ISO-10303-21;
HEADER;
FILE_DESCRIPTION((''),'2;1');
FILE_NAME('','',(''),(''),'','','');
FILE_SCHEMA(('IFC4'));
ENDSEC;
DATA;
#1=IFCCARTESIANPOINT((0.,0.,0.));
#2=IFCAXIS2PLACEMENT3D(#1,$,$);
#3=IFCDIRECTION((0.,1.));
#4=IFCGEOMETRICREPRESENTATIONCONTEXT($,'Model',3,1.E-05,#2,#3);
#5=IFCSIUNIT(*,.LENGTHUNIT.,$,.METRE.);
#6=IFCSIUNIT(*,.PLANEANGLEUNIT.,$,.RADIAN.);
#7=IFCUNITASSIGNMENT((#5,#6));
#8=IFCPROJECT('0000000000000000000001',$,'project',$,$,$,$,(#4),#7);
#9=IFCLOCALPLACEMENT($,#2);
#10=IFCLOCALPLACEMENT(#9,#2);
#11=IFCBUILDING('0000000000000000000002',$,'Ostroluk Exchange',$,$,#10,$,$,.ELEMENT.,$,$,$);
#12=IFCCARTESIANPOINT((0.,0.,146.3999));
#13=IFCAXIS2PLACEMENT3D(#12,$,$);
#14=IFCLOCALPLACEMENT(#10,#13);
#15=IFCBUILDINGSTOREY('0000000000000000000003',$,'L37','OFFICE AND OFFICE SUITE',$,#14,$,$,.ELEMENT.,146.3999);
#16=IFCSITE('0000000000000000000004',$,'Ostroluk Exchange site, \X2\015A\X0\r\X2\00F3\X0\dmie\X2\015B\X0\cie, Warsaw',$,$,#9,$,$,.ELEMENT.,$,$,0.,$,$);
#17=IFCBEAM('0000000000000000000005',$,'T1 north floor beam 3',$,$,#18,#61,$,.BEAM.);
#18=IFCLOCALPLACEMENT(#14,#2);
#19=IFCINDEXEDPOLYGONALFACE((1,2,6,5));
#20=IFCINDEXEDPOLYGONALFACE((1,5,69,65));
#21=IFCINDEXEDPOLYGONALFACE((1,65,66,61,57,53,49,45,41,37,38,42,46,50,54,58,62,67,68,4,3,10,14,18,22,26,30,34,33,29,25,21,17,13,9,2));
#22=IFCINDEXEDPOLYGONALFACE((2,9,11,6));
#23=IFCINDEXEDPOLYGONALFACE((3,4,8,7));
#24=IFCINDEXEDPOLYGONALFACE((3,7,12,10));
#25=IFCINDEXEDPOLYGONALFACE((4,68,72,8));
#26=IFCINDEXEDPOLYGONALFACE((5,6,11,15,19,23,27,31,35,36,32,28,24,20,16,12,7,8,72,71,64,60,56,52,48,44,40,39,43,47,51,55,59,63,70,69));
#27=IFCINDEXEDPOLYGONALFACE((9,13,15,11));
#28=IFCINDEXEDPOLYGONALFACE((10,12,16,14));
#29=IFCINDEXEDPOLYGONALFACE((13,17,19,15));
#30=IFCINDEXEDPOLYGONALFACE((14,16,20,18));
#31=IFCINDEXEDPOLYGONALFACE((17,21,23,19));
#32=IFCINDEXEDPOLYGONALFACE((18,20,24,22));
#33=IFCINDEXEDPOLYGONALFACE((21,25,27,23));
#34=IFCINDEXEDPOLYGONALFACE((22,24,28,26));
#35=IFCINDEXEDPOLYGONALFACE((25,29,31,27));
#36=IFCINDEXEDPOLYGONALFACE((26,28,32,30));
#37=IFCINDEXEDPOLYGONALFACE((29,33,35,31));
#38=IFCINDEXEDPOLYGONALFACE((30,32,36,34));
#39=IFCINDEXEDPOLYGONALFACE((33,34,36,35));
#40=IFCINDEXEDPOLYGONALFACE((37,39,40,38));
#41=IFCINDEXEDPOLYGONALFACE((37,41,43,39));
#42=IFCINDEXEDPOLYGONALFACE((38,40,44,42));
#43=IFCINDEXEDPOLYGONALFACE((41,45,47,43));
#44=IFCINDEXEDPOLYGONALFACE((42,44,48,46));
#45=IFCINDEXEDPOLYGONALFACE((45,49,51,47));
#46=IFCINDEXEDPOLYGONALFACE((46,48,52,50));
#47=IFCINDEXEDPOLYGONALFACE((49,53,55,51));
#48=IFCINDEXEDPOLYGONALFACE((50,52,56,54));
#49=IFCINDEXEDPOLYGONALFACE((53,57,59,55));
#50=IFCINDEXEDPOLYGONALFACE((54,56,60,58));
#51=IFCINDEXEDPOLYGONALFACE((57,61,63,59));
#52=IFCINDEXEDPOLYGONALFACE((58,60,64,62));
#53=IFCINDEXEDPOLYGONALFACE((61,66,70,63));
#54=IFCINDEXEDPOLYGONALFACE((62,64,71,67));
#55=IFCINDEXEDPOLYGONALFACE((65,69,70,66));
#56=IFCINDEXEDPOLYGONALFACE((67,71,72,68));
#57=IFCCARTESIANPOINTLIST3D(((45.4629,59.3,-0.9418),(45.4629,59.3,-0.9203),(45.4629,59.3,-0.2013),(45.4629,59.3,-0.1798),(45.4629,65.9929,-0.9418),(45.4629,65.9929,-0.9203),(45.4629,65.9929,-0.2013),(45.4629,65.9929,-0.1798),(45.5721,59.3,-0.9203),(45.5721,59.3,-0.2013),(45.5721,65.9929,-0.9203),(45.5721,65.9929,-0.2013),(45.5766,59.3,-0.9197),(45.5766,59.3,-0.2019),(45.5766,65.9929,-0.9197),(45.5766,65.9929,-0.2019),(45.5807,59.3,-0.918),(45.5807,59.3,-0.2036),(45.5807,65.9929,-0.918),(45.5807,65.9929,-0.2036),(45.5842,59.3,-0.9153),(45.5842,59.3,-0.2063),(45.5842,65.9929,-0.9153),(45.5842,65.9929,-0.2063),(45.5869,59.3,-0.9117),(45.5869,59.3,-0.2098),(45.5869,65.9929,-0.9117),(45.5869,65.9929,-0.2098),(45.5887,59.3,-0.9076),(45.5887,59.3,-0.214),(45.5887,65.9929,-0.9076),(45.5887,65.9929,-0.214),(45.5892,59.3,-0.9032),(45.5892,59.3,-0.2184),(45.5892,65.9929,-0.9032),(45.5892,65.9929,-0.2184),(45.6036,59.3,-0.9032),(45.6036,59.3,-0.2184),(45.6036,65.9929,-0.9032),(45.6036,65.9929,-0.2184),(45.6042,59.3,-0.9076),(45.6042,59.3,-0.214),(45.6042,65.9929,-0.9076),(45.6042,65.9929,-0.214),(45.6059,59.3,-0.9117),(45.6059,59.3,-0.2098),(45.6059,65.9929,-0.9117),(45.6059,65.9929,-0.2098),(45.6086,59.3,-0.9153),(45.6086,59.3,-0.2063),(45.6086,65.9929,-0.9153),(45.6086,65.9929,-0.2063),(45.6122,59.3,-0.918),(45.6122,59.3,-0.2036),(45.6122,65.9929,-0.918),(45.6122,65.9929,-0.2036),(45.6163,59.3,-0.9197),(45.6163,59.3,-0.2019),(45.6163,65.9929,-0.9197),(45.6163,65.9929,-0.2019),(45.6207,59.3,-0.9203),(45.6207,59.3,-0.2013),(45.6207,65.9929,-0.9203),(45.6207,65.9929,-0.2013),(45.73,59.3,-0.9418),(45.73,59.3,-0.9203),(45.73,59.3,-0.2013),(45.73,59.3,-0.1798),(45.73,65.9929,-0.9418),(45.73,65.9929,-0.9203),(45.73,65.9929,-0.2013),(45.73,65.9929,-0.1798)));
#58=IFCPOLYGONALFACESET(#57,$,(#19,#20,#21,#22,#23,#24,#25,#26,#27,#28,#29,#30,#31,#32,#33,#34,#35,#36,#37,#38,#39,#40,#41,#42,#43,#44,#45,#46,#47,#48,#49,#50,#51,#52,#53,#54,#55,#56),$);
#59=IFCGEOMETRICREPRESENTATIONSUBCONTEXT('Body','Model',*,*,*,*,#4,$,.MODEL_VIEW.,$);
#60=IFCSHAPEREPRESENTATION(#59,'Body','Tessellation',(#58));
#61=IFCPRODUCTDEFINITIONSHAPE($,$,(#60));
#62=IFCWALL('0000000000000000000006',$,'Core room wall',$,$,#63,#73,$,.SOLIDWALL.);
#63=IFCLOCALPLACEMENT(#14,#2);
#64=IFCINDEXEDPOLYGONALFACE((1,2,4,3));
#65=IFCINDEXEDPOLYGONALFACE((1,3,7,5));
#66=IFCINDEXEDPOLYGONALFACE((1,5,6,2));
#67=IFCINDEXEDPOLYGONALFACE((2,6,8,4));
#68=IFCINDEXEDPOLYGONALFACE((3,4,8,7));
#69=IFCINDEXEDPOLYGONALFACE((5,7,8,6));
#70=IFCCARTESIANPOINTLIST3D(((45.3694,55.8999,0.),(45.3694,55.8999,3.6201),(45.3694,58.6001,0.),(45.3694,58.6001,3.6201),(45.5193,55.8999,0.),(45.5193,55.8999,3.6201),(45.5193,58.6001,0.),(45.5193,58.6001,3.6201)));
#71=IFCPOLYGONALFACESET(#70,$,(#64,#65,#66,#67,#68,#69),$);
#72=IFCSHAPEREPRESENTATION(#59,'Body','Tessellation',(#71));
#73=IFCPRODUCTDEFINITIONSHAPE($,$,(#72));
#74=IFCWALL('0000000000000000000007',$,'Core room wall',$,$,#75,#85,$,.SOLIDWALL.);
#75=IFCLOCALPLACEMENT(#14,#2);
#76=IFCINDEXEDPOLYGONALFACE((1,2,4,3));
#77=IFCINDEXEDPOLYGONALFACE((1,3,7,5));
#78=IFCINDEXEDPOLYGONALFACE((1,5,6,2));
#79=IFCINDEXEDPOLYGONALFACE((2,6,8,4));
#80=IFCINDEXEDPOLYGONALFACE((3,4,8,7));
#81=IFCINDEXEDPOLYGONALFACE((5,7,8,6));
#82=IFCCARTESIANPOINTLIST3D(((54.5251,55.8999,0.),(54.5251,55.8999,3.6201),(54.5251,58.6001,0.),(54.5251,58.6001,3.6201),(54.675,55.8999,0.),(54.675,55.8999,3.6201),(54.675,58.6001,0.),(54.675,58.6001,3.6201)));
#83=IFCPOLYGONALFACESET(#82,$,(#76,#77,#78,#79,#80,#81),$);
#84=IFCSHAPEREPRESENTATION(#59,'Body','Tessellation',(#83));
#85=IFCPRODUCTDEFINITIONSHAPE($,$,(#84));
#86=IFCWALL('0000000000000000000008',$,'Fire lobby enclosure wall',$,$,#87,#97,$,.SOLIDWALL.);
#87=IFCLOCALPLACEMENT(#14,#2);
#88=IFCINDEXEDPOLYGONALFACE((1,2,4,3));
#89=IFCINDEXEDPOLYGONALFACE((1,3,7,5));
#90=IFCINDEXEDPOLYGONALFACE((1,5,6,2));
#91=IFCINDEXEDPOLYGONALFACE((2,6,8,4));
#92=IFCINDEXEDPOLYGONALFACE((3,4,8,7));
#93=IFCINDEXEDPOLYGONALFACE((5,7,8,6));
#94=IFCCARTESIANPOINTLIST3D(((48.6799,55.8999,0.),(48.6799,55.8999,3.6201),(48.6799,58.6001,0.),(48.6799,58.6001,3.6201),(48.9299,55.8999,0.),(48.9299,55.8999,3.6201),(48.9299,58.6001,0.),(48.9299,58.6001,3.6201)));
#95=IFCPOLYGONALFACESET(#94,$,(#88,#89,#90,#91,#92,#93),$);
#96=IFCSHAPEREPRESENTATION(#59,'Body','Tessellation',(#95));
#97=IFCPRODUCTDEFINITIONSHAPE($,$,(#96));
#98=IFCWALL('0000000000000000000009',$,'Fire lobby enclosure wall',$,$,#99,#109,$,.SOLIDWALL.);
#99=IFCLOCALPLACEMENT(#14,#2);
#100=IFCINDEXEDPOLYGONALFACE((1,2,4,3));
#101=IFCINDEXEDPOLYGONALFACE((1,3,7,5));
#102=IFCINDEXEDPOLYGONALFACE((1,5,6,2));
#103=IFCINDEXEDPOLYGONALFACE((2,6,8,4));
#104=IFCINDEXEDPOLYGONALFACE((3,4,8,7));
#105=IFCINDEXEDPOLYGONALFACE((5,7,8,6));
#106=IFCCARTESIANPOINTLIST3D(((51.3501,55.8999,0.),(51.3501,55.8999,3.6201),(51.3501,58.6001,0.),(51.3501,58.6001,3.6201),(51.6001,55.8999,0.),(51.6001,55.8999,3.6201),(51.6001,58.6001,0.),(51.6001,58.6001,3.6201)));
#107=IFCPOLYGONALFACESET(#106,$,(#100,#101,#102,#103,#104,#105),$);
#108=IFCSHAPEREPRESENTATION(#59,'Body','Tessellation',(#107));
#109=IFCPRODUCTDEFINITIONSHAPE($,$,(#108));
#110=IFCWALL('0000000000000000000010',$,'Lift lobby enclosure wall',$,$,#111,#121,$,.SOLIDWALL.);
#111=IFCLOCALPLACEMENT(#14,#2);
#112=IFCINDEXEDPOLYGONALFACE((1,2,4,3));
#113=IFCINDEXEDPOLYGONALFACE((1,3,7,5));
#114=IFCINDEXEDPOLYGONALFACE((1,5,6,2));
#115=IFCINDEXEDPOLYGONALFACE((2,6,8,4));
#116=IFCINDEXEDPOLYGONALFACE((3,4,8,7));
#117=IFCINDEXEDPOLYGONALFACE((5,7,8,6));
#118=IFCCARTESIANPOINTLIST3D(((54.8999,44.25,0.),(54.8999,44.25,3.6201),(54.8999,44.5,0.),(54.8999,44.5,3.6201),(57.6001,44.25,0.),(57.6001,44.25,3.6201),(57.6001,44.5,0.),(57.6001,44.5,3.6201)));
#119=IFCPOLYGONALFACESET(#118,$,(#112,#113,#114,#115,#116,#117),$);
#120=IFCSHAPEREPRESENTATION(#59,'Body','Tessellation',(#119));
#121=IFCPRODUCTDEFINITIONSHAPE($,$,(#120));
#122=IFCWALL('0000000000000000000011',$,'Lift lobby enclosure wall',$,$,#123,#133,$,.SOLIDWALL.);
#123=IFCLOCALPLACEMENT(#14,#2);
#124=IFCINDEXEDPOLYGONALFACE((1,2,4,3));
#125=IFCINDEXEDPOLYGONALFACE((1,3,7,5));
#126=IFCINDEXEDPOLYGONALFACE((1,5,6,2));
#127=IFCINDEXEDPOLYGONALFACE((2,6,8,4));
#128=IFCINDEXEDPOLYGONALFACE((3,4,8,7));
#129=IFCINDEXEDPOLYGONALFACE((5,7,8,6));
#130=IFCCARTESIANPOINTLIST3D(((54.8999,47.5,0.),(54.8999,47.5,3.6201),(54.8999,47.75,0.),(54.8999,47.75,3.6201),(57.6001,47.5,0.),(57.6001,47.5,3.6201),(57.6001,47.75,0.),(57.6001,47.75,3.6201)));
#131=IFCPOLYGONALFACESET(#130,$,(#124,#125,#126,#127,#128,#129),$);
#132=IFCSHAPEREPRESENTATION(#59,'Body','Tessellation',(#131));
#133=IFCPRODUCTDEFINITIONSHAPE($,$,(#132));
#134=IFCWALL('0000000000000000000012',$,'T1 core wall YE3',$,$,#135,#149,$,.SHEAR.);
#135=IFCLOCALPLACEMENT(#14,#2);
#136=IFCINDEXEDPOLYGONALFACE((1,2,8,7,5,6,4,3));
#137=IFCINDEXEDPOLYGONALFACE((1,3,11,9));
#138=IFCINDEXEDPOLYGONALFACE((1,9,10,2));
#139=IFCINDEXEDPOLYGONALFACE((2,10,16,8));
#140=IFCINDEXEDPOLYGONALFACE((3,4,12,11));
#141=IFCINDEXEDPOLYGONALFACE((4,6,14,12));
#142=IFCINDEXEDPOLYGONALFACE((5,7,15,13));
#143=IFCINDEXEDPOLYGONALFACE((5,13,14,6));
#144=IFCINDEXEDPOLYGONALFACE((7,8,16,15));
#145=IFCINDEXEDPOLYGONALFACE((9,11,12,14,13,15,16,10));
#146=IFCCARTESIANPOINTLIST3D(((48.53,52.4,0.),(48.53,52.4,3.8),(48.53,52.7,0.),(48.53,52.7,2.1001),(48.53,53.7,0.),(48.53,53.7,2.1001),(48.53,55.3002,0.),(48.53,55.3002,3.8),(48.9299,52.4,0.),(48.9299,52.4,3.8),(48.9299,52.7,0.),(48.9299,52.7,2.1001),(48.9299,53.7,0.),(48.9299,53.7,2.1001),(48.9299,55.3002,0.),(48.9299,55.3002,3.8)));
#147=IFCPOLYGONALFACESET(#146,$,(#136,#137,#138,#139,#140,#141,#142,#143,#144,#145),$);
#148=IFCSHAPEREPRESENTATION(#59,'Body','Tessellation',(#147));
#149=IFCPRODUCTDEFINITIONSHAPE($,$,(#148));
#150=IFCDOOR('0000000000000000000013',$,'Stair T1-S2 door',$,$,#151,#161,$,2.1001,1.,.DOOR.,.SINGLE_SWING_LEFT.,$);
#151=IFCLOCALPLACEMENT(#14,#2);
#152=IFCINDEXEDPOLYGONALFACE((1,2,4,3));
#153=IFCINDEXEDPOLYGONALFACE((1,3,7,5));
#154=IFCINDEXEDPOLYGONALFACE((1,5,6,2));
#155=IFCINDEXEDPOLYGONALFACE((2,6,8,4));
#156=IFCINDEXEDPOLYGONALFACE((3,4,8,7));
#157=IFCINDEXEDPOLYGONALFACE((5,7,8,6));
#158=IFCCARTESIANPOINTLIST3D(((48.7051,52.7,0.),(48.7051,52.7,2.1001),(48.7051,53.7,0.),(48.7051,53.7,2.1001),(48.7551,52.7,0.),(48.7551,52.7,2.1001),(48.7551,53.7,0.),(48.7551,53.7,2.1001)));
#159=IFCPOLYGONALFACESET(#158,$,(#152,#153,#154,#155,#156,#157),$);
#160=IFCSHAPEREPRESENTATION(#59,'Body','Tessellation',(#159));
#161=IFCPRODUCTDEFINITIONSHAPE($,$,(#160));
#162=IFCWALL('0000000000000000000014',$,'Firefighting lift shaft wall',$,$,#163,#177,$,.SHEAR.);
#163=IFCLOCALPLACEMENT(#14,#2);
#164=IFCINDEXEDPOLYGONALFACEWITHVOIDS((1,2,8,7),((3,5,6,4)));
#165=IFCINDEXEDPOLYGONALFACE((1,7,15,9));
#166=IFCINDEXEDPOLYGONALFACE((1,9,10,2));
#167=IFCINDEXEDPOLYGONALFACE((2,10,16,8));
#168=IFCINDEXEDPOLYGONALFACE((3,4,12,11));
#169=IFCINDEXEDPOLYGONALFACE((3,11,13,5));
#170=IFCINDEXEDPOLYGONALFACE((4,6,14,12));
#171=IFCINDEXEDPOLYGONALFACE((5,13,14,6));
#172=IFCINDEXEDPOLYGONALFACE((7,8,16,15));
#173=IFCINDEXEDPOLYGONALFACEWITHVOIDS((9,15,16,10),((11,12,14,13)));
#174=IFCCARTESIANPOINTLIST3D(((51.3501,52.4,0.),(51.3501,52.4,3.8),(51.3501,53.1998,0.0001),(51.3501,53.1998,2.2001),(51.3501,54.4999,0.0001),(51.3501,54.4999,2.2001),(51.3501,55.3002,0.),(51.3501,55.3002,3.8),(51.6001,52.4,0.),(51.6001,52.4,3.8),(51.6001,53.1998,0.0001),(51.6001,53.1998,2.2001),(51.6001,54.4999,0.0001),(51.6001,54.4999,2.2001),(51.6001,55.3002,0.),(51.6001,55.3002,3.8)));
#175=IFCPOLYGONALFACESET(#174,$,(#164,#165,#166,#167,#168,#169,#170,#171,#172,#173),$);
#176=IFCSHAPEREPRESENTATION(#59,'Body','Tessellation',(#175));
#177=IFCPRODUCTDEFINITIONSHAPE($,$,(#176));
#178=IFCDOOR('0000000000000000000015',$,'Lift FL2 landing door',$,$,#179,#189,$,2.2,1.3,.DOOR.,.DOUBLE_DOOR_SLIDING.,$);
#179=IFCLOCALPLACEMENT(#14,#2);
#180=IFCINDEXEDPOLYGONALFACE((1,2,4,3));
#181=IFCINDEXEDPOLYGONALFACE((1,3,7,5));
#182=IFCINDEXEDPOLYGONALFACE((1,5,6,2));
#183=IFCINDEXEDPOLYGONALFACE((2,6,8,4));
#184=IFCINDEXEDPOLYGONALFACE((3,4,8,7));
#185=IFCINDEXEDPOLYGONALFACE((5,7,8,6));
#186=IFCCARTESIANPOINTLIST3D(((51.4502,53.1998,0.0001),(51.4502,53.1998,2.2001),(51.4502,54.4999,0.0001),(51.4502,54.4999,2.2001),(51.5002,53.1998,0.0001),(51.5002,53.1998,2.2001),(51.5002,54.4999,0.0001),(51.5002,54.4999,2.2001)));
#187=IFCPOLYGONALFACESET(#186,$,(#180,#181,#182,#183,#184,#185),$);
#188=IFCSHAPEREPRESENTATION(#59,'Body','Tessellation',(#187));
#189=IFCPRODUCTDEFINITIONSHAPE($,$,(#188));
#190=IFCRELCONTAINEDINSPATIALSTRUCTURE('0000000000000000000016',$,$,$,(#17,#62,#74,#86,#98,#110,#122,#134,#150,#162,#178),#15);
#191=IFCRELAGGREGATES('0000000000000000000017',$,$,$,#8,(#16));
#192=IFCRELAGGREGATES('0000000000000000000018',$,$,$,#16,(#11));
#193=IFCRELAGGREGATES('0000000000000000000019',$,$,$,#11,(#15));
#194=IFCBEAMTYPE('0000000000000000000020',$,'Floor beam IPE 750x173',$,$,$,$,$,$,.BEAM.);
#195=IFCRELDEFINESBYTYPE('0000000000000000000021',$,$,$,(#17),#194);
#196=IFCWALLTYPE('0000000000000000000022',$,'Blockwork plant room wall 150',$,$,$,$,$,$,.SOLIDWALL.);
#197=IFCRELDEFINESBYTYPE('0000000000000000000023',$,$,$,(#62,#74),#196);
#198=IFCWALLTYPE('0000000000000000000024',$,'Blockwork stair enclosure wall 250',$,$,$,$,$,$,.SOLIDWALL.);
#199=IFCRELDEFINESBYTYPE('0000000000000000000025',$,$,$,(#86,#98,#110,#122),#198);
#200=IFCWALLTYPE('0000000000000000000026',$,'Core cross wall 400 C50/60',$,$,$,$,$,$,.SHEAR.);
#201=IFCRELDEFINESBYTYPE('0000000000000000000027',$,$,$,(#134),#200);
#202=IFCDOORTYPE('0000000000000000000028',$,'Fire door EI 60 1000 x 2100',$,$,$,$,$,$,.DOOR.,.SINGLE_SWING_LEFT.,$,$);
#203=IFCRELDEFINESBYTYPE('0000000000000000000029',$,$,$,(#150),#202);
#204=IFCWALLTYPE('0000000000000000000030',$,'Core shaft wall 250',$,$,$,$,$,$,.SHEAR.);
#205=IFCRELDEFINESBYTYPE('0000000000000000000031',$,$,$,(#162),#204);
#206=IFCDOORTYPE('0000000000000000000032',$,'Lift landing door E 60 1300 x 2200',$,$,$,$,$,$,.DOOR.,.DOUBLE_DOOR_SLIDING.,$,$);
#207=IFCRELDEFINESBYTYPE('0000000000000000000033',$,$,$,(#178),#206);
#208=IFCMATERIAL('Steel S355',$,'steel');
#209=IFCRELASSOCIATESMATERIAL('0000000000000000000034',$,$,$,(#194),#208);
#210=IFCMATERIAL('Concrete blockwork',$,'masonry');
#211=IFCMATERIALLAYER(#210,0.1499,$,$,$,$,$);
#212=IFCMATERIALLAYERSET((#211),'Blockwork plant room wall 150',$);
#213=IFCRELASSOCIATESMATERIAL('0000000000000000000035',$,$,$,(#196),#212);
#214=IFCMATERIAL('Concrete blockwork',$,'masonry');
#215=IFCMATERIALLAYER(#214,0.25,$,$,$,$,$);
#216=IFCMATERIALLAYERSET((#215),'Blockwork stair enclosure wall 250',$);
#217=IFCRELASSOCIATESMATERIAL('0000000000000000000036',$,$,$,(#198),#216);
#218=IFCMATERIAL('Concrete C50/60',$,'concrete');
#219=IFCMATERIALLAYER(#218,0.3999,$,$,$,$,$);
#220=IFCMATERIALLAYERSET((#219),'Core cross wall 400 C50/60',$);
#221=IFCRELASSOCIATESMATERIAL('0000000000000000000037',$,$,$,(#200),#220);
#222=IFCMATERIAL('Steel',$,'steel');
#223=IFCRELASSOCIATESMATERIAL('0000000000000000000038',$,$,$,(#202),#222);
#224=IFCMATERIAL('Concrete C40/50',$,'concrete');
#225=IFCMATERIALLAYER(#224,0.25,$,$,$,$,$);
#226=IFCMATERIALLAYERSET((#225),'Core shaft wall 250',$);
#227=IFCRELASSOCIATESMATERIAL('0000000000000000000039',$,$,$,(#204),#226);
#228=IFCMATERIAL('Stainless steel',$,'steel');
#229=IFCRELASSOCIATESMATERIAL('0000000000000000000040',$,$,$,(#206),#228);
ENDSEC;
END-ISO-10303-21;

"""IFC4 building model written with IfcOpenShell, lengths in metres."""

from ifc_helpers import new_model, si_unit, direction, frame, frame_2d, origin, origin_2d, place, context, subcontext, project, spatial, rectangle, i_section, extrude, material, layer, layer_set, material_profile, profile_set, type_object, element, fill, save


model = new_model("IFC4")

# Units and contexts
model_context = context("Model", 3, precision=1e-05, world=origin(), true_north=direction((0.0, 1.0)))
body_context = subcontext(model_context, "Body", "Model", "MODEL_VIEW")
ifc_project = project(units=[si_unit("LENGTHUNIT", "METRE"), si_unit("PLANEANGLEUNIT", "RADIAN")], contexts=[model_context])

# Site, building, storey
site_placement = place(None, origin())
site = spatial("IfcSite", under=ifc_project, at=site_placement, Name="Ostroluk Exchange site, Śródmieście, Warsaw", CompositionType="ELEMENT", RefElevation=0.0)
building_placement = place(site_placement, origin())
building = spatial("IfcBuilding", under=site, at=building_placement, Name="Ostroluk Exchange", CompositionType="ELEMENT")
storey_placement = place(building_placement, frame((0.0, 0.0, 146.3999)))
storey = spatial("IfcBuildingStorey", under=building, at=storey_placement, Name="L37", Description="OFFICE AND OFFICE SUITE", CompositionType="ELEMENT", Elevation=146.3999)

# Beam
ifc_material_1 = material(Name="Steel S355", Category="steel")
ifc_material_profile = material_profile(ifc_material_1, i_section(OverallWidth=0.2671, OverallDepth=0.762, WebThickness=0.0144, FlangeThickness=0.0215, FilletRadius=0.0171, at=origin_2d()), Name="IPE 750x173")
ifc_profile_set = profile_set([ifc_material_profile], Name="Steel S355")
beam_type = type_object("IfcBeamType", Name="Floor beam IPE 750x173", PredefinedType="BEAM", material=ifc_profile_set)
for number, where, z_axis, x_axis, name in (
    (1, (45.5964, 59.3, -0.5608), (0.0, 1.0, 0.0), (-1.0, 0.0, 0.0), "T1 north floor beam 3"),
):
    element("IfcBeam", number, at=place(storey_placement, frame(where, z_axis=z_axis, x_axis=x_axis)), inside=storey, type_object=beam_type, Name=name, PredefinedType="BEAM", context=body_context, shape_type="SweptSolid", body=[
        extrude(i_section(OverallWidth=0.2671, OverallDepth=0.762, WebThickness=0.0144, FlangeThickness=0.0215, FilletRadius=0.0171, at=origin_2d()), origin(), (0.0, 0.0, 1.0), 6.6929),
    ])

# Walls
ifc_material_2 = material(Name="Concrete blockwork", Category="masonry")
ifc_layer_1 = layer(ifc_material_2, 0.1499)
ifc_layer_set_1 = layer_set([ifc_layer_1], Name="Blockwork plant room wall 150")
wall_type_1 = type_object("IfcWallType", Name="Blockwork plant room wall 150", PredefinedType="SOLIDWALL", material=ifc_layer_set_1)
for number, where, z_axis, x_axis, name in (
    (2, (45.4443, 55.8999, 0.0), (0.0, 0.0, 1.0), (0.0, 1.0, 0.0), "Core room wall"),
    (3, (54.6001, 55.8999, 0.0), (0.0, 0.0, 1.0), (0.0, 1.0, 0.0), "Core room wall"),
):
    element("IfcWall", number, at=place(storey_placement, frame(where, z_axis=z_axis, x_axis=x_axis)), inside=storey, type_object=wall_type_1, Name=name, PredefinedType="SOLIDWALL", context=body_context, shape_type="SweptSolid", body=[
        extrude(rectangle(XDim=2.7002, YDim=0.1499, at=frame_2d((1.3501, 0.0))), origin(), (0.0, 0.0, 1.0), 3.6201),
    ])
ifc_material_3 = material(Name="Concrete blockwork", Category="masonry")
ifc_layer_2 = layer(ifc_material_3, 0.25)
ifc_layer_set_2 = layer_set([ifc_layer_2], Name="Blockwork stair enclosure wall 250")
wall_type_2 = type_object("IfcWallType", Name="Blockwork stair enclosure wall 250", PredefinedType="SOLIDWALL", material=ifc_layer_set_2)
for number, where, z_axis, x_axis, name in (
    (4, (48.8049, 55.8999, 0.0), (0.0, 0.0, 1.0), (0.0, 1.0, 0.0), "Fire lobby enclosure wall"),
    (5, (51.4751, 55.8999, 0.0), (0.0, 0.0, 1.0), (0.0, 1.0, 0.0), "Fire lobby enclosure wall"),
    (6, (54.8999, 44.375, 0.0), (0.0, 0.0, 1.0), (1.0, 0.0, 0.0), "Lift lobby enclosure wall"),
    (7, (54.8999, 47.625, 0.0), (0.0, 0.0, 1.0), (1.0, 0.0, 0.0), "Lift lobby enclosure wall"),
):
    element("IfcWall", number, at=place(storey_placement, frame(where, z_axis=z_axis, x_axis=x_axis)), inside=storey, type_object=wall_type_2, Name=name, PredefinedType="SOLIDWALL", context=body_context, shape_type="SweptSolid", body=[
        extrude(rectangle(XDim=2.7002, YDim=0.25, at=frame_2d((1.3501, 0.0))), origin(), (0.0, 0.0, 1.0), 3.6201),
    ])

# Walls, openings, doors
ifc_material_4 = material(Name="Concrete C50/60", Category="concrete")
ifc_layer_3 = layer(ifc_material_4, 0.3999)
ifc_layer_set_3 = layer_set([ifc_layer_3], Name="Core cross wall 400 C50/60")
wall_type_3 = type_object("IfcWallType", Name="Core cross wall 400 C50/60", PredefinedType="SHEAR", material=ifc_layer_set_3)
wall_1_placement = place(storey_placement, frame((48.73, 52.3999, 0.0), z_axis=(0.0, 0.0, 1.0), x_axis=(0.0, 1.0, 0.0)))
wall_1 = element("IfcWall", 8, at=wall_1_placement, inside=storey, type_object=wall_type_3, Name="T1 core wall YE3", PredefinedType="SHEAR", context=body_context, shape_type="SweptSolid", body=[
    extrude(rectangle(XDim=2.9001, YDim=0.3999, at=frame_2d((1.4502, 0.0))), origin(), (0.0, 0.0, 1.0), 3.8),
])
opening_1_placement = place(wall_1_placement, frame((0.3, 0.0, 0.0)))
opening_1 = element("IfcOpeningElement", 9, at=opening_1_placement, cuts=wall_1, PredefinedType="OPENING", context=body_context, shape_type="SweptSolid", body=[
    extrude(rectangle(XDim=1.0, YDim=2.1001, at=frame_2d((0.5, 1.05))), frame((0.0, 0.21, 0.0), z_axis=(0.0, -1.0, 0.0), x_axis=(1.0, 0.0, 0.0)), (0.0, 0.0, 1.0), 0.4199),
])
ifc_material_5 = material(Name="Steel", Category="steel")
door_type_1 = type_object("IfcDoorType", Name="Fire door EI 60 1000 x 2100", OperationType="SINGLE_SWING_LEFT", PredefinedType="DOOR", material=ifc_material_5)
door_1_placement = place(opening_1_placement, origin())
door_1 = element("IfcDoor", 10, at=door_1_placement, inside=storey, type_object=door_type_1, Name="Stair T1-S2 door", OperationType="SINGLE_SWING_LEFT", OverallHeight=2.1001, OverallWidth=1.0, PredefinedType="DOOR", context=body_context, shape_type="SweptSolid", body=[
    extrude(rectangle(XDim=1.0, YDim=2.1001, at=frame_2d((0.5, 1.05))), frame((0.0, 0.0249, 0.0), z_axis=(0.0, -1.0, 0.0), x_axis=(1.0, 0.0, 0.0)), (0.0, 0.0, 1.0), 0.05),
])
fill(opening_1, door_1)
ifc_material_6 = material(Name="Concrete C40/50", Category="concrete")
ifc_layer_4 = layer(ifc_material_6, 0.25)
ifc_layer_set_4 = layer_set([ifc_layer_4], Name="Core shaft wall 250")
wall_type_4 = type_object("IfcWallType", Name="Core shaft wall 250", PredefinedType="SHEAR", material=ifc_layer_set_4)
wall_2_placement = place(storey_placement, frame((51.4751, 52.3999, 0.0), z_axis=(0.0, 0.0, 1.0), x_axis=(0.0, 1.0, 0.0)))
wall_2 = element("IfcWall", 11, at=wall_2_placement, inside=storey, type_object=wall_type_4, Name="Firefighting lift shaft wall", PredefinedType="SHEAR", context=body_context, shape_type="SweptSolid", body=[
    extrude(rectangle(XDim=2.9001, YDim=0.25, at=frame_2d((1.4502, 0.0))), origin(), (0.0, 0.0, 1.0), 3.8),
])
opening_2_placement = place(wall_2_placement, frame((0.8, 0.0, 0.0)))
opening_2 = element("IfcOpeningElement", 12, at=opening_2_placement, cuts=wall_2, PredefinedType="OPENING", context=body_context, shape_type="SweptSolid", body=[
    extrude(rectangle(XDim=1.3, YDim=2.2, at=frame_2d((0.6499, 1.1001))), frame((0.0, 0.135, 0.0), z_axis=(0.0, -1.0, 0.0), x_axis=(1.0, 0.0, 0.0)), (0.0, 0.0, 1.0), 0.27),
])
ifc_material_7 = material(Name="Stainless steel", Category="steel")
door_type_2 = type_object("IfcDoorType", Name="Lift landing door E 60 1300 x 2200", OperationType="DOUBLE_DOOR_SLIDING", PredefinedType="DOOR", material=ifc_material_7)
door_2_placement = place(opening_2_placement, origin())
door_2 = element("IfcDoor", 13, at=door_2_placement, inside=storey, type_object=door_type_2, Name="Lift FL2 landing door", OperationType="DOUBLE_DOOR_SLIDING", OverallHeight=2.2, OverallWidth=1.3, PredefinedType="DOOR", context=body_context, shape_type="SweptSolid", body=[
    extrude(rectangle(XDim=1.3, YDim=2.2, at=frame_2d((0.6499, 1.1001))), frame((0.0, 0.0249, 0.0), z_axis=(0.0, -1.0, 0.0), x_axis=(1.0, 0.0, 0.0)), (0.0, 0.0, 1.0), 0.05),
])
fill(opening_2, door_2)

save(model, "model.ifc")
